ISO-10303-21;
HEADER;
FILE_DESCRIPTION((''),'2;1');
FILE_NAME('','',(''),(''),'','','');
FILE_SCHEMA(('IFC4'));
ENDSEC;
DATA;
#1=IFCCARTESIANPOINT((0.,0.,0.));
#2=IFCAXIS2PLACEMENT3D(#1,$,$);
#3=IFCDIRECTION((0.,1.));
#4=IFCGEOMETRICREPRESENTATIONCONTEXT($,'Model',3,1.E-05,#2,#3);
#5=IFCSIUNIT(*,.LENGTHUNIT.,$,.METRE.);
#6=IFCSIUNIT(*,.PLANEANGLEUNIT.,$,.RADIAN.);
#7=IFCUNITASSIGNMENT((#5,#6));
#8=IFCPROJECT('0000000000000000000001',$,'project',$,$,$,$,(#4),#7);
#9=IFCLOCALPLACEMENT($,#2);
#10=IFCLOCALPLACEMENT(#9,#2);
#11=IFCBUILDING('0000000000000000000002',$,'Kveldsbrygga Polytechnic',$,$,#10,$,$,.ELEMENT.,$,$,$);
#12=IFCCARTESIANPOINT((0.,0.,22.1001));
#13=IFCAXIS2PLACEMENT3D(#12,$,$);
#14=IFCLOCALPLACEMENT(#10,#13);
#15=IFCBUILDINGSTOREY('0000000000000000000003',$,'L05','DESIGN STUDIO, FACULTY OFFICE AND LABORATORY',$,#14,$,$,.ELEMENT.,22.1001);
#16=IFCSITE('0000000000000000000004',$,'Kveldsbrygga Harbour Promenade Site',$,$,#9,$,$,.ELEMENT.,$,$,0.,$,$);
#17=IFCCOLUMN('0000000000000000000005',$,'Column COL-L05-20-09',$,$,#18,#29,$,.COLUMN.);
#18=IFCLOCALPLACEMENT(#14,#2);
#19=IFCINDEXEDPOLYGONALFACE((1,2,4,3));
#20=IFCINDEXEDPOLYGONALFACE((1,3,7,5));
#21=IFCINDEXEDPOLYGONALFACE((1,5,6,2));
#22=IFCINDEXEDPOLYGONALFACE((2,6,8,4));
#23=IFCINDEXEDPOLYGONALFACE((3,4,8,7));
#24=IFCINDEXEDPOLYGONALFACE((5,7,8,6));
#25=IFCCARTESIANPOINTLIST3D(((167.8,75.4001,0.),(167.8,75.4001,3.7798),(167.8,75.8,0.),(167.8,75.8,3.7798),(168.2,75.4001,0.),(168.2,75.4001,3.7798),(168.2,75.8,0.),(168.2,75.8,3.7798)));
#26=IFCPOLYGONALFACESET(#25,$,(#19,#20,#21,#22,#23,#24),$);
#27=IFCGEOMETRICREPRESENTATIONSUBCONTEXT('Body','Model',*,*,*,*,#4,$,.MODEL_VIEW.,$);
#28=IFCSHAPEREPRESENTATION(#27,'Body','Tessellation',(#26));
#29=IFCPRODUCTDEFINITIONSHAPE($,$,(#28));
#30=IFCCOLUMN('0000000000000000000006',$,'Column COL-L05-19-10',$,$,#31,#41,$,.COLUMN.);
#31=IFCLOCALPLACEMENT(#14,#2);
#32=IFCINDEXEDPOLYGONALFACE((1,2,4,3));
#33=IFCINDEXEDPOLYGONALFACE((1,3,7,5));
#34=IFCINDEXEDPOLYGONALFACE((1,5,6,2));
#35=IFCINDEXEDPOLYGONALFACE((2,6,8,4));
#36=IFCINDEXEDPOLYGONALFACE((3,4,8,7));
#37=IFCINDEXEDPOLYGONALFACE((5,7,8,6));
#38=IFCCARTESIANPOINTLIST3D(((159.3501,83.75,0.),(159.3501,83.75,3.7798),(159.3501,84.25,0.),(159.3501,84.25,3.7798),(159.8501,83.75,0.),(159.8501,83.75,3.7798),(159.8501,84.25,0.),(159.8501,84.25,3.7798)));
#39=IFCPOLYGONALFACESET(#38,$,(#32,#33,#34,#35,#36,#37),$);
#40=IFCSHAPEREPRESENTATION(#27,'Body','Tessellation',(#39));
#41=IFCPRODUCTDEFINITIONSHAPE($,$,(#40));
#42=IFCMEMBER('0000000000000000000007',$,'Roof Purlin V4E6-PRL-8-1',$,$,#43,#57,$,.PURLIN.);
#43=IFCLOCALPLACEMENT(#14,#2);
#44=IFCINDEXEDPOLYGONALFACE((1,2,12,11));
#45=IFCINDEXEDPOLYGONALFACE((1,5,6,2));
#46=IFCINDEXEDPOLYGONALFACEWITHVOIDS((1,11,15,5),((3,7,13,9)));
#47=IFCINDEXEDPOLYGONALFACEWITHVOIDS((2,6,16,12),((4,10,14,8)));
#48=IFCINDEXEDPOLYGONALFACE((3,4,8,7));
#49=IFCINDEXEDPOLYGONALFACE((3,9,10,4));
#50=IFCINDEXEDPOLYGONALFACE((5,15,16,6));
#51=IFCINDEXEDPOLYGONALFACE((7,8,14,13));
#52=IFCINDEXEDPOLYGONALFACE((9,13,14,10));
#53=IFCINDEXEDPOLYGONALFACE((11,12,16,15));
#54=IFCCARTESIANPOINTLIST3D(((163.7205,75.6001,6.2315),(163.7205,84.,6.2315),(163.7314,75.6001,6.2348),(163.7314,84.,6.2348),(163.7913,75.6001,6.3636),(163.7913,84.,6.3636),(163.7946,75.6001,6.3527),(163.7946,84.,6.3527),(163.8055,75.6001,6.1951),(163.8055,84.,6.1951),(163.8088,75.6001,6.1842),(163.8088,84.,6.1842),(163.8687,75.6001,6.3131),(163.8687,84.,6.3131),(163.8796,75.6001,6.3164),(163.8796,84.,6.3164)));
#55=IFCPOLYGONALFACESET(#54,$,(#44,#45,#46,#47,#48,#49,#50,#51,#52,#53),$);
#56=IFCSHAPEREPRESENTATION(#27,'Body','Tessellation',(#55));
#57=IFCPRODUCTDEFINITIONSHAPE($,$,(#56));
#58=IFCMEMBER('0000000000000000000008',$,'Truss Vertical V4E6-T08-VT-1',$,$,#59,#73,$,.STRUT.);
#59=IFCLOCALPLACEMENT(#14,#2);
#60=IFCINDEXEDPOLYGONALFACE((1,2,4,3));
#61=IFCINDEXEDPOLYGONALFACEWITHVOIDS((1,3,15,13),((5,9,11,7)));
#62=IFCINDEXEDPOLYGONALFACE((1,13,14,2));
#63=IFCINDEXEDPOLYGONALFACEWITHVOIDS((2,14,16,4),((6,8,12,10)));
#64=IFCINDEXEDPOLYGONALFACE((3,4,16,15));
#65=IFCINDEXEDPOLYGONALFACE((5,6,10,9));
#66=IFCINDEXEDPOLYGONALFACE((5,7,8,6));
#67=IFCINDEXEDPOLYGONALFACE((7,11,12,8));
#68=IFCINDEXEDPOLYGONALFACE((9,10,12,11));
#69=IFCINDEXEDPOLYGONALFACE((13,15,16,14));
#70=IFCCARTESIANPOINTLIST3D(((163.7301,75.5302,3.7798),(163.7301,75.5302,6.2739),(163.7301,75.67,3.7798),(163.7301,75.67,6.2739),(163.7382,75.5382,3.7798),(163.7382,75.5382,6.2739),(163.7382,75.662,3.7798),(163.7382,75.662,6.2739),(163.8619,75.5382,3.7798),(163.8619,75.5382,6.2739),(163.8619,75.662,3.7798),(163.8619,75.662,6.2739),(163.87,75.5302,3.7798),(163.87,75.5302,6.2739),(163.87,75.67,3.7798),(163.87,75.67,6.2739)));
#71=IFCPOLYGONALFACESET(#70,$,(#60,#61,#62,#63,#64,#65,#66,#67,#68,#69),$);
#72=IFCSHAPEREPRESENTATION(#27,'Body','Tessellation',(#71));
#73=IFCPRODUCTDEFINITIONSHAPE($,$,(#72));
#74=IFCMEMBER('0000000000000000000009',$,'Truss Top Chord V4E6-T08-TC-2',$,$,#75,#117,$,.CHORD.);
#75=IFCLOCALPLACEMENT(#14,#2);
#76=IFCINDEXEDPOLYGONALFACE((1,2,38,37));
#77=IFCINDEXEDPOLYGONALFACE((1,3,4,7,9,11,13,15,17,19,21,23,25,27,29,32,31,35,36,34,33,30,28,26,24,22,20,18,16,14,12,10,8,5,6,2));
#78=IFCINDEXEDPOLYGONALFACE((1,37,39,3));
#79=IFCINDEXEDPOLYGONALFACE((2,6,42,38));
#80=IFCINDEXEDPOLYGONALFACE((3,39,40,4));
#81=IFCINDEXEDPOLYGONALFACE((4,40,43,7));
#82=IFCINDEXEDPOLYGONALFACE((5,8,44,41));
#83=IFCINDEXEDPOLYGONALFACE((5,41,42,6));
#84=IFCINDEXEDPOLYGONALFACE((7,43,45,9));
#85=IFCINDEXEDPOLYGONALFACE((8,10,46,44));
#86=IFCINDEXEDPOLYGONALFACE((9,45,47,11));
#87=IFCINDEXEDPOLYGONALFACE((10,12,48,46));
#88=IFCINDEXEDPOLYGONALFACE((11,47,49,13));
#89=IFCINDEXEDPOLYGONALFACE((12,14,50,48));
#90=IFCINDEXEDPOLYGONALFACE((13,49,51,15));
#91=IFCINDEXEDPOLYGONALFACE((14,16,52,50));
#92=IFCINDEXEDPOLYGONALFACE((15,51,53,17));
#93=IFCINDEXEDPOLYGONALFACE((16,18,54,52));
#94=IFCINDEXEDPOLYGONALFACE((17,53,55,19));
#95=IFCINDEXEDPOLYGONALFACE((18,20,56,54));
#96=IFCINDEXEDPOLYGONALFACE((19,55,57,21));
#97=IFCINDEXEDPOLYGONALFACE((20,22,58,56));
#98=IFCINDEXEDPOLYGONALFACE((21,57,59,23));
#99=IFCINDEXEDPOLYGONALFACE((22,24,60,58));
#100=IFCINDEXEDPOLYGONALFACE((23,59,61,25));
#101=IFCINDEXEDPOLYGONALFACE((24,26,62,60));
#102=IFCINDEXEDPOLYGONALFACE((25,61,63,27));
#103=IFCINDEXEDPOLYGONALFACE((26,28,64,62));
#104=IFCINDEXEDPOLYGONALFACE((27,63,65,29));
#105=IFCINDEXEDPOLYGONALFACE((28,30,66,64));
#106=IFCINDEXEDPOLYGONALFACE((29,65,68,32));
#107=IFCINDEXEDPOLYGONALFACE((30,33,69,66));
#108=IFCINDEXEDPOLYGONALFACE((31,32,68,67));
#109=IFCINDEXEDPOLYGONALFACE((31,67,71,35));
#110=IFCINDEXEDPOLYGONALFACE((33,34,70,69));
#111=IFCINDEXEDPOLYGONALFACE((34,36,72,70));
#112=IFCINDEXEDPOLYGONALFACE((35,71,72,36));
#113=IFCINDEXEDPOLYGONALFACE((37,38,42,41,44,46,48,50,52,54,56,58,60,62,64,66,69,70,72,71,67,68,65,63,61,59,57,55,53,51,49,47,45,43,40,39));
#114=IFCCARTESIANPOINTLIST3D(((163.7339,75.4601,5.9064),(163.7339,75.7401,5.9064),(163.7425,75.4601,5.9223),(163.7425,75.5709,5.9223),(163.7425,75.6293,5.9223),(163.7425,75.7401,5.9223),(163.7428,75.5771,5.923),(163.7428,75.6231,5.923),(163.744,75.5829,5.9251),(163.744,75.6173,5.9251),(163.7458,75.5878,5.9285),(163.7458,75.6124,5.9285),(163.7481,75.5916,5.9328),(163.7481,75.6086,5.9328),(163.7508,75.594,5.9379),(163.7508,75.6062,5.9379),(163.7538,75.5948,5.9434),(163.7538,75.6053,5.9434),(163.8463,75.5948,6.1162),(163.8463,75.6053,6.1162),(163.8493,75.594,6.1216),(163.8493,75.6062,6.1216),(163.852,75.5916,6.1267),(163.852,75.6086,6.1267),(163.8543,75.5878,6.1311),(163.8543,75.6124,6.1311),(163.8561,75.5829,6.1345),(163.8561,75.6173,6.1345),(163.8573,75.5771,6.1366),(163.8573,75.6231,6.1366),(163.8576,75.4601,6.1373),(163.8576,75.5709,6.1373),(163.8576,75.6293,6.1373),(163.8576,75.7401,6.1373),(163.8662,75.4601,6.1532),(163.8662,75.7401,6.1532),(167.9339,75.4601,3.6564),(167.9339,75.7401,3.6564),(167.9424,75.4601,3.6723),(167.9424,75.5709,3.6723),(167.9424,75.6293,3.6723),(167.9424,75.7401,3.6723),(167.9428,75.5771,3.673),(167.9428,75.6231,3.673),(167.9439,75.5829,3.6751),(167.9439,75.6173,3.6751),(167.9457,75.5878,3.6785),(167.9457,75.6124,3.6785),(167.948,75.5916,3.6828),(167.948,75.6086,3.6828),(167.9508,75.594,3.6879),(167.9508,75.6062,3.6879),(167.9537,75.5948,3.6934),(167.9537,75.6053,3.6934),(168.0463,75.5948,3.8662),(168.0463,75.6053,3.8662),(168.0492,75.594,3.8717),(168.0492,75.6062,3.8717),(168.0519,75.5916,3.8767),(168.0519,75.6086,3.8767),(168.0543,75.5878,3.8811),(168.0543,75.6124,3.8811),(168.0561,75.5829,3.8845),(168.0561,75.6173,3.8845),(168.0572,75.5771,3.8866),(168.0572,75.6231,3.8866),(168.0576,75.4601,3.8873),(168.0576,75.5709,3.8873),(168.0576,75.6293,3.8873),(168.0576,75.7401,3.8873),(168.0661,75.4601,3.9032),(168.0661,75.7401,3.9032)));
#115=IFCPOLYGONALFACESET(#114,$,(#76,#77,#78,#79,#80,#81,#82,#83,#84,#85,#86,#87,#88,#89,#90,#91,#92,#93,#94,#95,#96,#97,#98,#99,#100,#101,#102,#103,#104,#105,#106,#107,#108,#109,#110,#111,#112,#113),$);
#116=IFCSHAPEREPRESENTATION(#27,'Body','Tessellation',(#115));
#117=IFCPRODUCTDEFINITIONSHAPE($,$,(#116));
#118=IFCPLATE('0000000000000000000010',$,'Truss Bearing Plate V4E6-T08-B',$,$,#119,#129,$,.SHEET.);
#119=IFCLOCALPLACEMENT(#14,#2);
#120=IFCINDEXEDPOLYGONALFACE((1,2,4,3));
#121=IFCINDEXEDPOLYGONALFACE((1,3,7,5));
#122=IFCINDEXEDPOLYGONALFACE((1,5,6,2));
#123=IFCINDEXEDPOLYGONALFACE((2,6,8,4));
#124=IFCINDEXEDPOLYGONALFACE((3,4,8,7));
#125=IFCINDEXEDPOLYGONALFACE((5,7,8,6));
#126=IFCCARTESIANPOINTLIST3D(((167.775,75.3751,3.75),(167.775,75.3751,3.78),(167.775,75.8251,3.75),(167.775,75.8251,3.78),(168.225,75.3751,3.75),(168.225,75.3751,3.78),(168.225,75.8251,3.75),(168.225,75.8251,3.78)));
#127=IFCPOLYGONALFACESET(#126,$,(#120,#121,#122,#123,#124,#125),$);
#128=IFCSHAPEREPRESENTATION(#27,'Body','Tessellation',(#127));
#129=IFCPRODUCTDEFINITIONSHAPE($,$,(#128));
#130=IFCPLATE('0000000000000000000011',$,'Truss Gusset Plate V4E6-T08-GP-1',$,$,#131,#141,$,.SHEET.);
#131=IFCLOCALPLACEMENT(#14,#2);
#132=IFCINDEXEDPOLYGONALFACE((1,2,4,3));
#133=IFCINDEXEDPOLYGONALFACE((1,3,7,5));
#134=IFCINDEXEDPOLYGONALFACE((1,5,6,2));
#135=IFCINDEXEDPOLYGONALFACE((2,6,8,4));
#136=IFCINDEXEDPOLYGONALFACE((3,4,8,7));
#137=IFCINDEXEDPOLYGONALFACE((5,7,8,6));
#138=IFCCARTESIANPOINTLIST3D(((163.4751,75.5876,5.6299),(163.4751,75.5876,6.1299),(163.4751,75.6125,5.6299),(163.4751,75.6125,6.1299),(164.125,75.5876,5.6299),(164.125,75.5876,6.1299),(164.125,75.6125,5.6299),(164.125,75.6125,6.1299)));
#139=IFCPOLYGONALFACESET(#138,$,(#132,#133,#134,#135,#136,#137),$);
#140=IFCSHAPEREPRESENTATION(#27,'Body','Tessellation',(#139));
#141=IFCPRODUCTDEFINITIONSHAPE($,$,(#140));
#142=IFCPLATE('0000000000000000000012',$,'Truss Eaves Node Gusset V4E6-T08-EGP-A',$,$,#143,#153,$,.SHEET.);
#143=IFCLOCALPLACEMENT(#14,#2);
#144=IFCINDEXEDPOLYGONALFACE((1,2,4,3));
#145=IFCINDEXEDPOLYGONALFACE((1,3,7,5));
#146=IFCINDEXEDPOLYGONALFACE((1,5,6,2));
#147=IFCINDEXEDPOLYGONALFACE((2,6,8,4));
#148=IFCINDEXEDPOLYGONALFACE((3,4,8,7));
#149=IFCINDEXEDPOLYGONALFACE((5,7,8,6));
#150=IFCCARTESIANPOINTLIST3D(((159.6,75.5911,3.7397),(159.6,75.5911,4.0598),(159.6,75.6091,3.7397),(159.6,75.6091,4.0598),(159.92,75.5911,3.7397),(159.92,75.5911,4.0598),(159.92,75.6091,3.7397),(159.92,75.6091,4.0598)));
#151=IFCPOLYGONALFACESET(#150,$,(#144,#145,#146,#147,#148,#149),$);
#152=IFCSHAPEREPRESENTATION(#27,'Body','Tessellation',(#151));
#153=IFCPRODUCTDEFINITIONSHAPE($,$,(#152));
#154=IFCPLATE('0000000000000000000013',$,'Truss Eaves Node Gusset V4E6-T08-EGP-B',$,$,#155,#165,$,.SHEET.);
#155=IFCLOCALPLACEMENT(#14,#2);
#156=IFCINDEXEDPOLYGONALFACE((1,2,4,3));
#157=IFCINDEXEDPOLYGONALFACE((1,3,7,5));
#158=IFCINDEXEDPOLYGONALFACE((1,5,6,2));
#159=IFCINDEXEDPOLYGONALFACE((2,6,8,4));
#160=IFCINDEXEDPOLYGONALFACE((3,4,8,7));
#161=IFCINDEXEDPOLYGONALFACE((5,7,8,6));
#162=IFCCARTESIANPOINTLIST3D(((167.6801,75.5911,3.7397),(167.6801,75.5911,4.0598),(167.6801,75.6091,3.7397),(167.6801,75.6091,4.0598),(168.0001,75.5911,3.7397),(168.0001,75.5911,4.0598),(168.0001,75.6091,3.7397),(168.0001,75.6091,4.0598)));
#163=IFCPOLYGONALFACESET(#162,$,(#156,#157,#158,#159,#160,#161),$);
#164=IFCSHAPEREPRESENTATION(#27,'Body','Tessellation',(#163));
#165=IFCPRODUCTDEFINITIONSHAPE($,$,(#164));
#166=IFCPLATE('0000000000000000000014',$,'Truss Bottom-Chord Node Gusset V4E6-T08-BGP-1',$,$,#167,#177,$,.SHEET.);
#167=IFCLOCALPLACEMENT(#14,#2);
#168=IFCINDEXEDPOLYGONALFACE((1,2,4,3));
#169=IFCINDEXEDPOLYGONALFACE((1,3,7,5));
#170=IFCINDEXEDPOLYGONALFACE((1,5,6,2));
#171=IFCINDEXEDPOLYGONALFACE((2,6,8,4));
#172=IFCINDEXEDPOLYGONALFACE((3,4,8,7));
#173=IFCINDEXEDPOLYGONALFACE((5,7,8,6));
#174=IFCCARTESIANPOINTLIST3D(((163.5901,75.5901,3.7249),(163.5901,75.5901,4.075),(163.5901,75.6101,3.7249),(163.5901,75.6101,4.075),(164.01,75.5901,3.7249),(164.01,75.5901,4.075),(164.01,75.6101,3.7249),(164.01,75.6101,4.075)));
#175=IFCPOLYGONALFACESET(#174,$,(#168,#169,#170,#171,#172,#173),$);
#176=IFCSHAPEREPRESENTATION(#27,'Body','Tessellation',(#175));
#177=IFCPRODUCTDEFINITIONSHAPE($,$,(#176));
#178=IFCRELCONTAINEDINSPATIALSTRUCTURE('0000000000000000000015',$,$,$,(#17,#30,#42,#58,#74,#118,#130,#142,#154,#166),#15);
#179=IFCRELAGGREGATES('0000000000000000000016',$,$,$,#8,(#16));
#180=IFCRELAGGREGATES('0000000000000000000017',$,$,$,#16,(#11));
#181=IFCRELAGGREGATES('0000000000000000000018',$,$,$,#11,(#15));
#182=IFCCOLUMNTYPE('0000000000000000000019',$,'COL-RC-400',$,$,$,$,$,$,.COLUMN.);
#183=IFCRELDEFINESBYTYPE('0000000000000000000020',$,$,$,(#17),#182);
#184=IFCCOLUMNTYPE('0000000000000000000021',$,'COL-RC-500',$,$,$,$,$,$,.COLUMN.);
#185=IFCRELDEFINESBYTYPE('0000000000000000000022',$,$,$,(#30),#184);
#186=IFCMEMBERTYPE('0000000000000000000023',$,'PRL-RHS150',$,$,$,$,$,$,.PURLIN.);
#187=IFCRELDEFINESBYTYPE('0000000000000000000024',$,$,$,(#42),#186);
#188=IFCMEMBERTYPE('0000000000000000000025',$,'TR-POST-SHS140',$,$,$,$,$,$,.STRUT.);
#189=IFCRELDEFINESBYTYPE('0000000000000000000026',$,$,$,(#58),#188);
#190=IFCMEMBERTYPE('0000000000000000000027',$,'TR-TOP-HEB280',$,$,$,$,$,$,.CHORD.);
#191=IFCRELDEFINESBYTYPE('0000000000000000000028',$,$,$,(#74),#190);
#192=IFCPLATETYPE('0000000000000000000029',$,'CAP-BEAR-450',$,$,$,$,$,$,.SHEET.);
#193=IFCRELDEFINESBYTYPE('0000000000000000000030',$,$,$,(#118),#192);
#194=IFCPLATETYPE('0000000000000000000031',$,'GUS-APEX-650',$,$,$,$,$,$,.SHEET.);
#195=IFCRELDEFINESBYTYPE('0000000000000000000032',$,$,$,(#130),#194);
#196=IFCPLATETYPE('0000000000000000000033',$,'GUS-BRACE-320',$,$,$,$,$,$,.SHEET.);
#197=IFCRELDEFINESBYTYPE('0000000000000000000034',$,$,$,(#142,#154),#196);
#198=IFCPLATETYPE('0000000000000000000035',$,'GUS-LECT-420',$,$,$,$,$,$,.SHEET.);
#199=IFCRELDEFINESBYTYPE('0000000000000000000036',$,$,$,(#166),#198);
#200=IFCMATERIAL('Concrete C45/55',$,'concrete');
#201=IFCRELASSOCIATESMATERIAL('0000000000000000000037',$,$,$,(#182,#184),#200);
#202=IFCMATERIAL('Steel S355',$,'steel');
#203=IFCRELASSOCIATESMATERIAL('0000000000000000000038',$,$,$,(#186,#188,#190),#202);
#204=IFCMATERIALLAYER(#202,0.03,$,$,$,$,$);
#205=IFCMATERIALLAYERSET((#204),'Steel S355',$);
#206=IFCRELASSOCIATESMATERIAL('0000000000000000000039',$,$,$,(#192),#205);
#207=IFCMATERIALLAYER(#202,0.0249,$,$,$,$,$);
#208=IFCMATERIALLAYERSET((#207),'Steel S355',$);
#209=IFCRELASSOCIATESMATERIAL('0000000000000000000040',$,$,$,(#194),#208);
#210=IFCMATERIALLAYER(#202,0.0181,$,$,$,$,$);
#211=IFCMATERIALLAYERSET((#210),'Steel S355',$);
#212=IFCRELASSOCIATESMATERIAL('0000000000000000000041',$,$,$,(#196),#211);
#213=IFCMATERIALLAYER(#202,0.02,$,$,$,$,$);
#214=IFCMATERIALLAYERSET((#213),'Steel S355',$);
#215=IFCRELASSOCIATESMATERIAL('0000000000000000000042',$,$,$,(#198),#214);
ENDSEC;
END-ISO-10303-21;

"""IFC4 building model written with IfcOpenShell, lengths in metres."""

from ifc_helpers import new_model, si_unit, direction, frame, origin, origin_2d, place, context, subcontext, project, spatial, rectangle, hollow_rectangle, i_section, extrude, material, layer, layer_set, material_profile, profile_set, type_object, element, save


model = new_model("IFC4")

# Units and contexts
model_context = context("Model", 3, precision=1e-05, world=origin(), true_north=direction((0.0, 1.0)))
body_context = subcontext(model_context, "Body", "Model", "MODEL_VIEW")
ifc_project = project(units=[si_unit("LENGTHUNIT", "METRE"), si_unit("PLANEANGLEUNIT", "RADIAN")], contexts=[model_context])

# Site, building, storey
site_placement = place(None, origin())
site = spatial("IfcSite", under=ifc_project, at=site_placement, Name="Kveldsbrygga Harbour Promenade Site", CompositionType="ELEMENT", RefElevation=0.0)
building_placement = place(site_placement, origin())
building = spatial("IfcBuilding", under=site, at=building_placement, Name="Kveldsbrygga Polytechnic", CompositionType="ELEMENT")
storey_placement = place(building_placement, frame((0.0, 0.0, 22.1001)))
storey = spatial("IfcBuildingStorey", under=building, at=storey_placement, Name="L05", Description="DESIGN STUDIO, FACULTY OFFICE AND LABORATORY", CompositionType="ELEMENT", Elevation=22.1001)

# Columns
ifc_material_1 = material(Name="Concrete C45/55", Category="concrete")
ifc_material_profile_1 = material_profile(ifc_material_1, rectangle(XDim=0.3999, YDim=0.3999, at=origin_2d()), Name="RC 400x400")
ifc_profile_set_1 = profile_set([ifc_material_profile_1], Name="Concrete C45/55")
column_type_1 = type_object("IfcColumnType", Name="COL-RC-400", PredefinedType="COLUMN", material=ifc_profile_set_1)
column_1_placement = place(storey_placement, frame((168.0, 75.6001, 0.0), z_axis=(0.0, 0.0, 1.0), x_axis=(1.0, 0.0, 0.0)))
element("IfcColumn", 1, at=column_1_placement, inside=storey, type_object=column_type_1, Name="Column COL-L05-20-09", PredefinedType="COLUMN", context=body_context, shape_type="SweptSolid", body=[
    extrude(rectangle(XDim=0.3999, YDim=0.3999, at=origin_2d()), origin(), (0.0, 0.0, 1.0), 3.7798),
])
ifc_material_profile_2 = material_profile(ifc_material_1, rectangle(XDim=0.5, YDim=0.5, at=origin_2d()), Name="RC 500x500")
ifc_profile_set_2 = profile_set([ifc_material_profile_2], Name="Concrete C45/55")
column_type_2 = type_object("IfcColumnType", Name="COL-RC-500", PredefinedType="COLUMN", material=ifc_profile_set_2)
column_2_placement = place(storey_placement, frame((159.6001, 84.0, 0.0), z_axis=(0.0, 0.0, 1.0), x_axis=(1.0, 0.0, 0.0)))
element("IfcColumn", 2, at=column_2_placement, inside=storey, type_object=column_type_2, Name="Column COL-L05-19-10", PredefinedType="COLUMN", context=body_context, shape_type="SweptSolid", body=[
    extrude(rectangle(XDim=0.5, YDim=0.5, at=origin_2d()), origin(), (0.0, 0.0, 1.0), 3.7798),
])

# Members
ifc_material_2 = material(Name="Steel S355", Category="steel")
ifc_material_profile_3 = material_profile(ifc_material_2, hollow_rectangle(XDim=0.1001, YDim=0.1499, WallThickness=0.0081, at=origin_2d()), Name="RHS 150x100x8.0")
ifc_profile_set_3 = profile_set([ifc_material_profile_3], Name="Steel S355")
member_type_1 = type_object("IfcMemberType", Name="PRL-RHS150", PredefinedType="PURLIN", material=ifc_profile_set_3)
member_1_placement = place(storey_placement, frame((163.8, 75.6001, 6.2739), z_axis=(0.0, 1.0, 0.0), x_axis=(-0.88148, 0.0, 0.472222)))
element("IfcMember", 3, at=member_1_placement, inside=storey, type_object=member_type_1, Name="Roof Purlin V4E6-PRL-8-1", PredefinedType="PURLIN", context=body_context, shape_type="SweptSolid", body=[
    extrude(hollow_rectangle(XDim=0.1001, YDim=0.1499, WallThickness=0.0081, at=origin_2d()), origin(), (0.0, 0.0, 1.0), 8.3999),
])
ifc_material_profile_4 = material_profile(ifc_material_2, hollow_rectangle(XDim=0.1399, YDim=0.1399, WallThickness=0.0081, at=origin_2d()), Name="SHS 140x140x8.0")
ifc_profile_set_4 = profile_set([ifc_material_profile_4], Name="Steel S355")
member_type_2 = type_object("IfcMemberType", Name="TR-POST-SHS140", PredefinedType="STRUT", material=ifc_profile_set_4)
member_2_placement = place(storey_placement, frame((163.8, 75.6001, 3.7798), z_axis=(0.0, 0.0, 1.0), x_axis=(1.0, 0.0, 0.0)))
element("IfcMember", 4, at=member_2_placement, inside=storey, type_object=member_type_2, Name="Truss Vertical V4E6-T08-VT-1", PredefinedType="STRUT", context=body_context, shape_type="SweptSolid", body=[
    extrude(hollow_rectangle(XDim=0.1399, YDim=0.1399, WallThickness=0.0081, at=origin_2d()), origin(), (0.0, 0.0, 1.0), 2.4941),
])
ifc_material_profile_5 = material_profile(ifc_material_2, i_section(OverallWidth=0.28, OverallDepth=0.28, WebThickness=0.0105, FlangeThickness=0.0181, FilletRadius=0.0239, at=origin_2d()), Name="HEB 280")
ifc_profile_set_5 = profile_set([ifc_material_profile_5], Name="Steel S355")
member_type_3 = type_object("IfcMemberType", Name="TR-TOP-HEB280", PredefinedType="CHORD", material=ifc_profile_set_5)
member_3_placement = place(storey_placement, frame((163.8, 75.6001, 6.0298), z_axis=(0.881478, 0.0, -0.472226), x_axis=(0.0, 1.0, 0.0)))
element("IfcMember", 5, at=member_3_placement, inside=storey, type_object=member_type_3, Name="Truss Top Chord V4E6-T08-TC-2", PredefinedType="CHORD", context=body_context, shape_type="SweptSolid", body=[
    extrude(i_section(OverallWidth=0.28, OverallDepth=0.28, WebThickness=0.0105, FlangeThickness=0.0181, FilletRadius=0.0239, at=origin_2d()), origin(), (0.0, 0.0, 1.0), 4.7646),
])

# Plates
ifc_layer_1 = layer(ifc_material_2, 0.03)
ifc_layer_set_1 = layer_set([ifc_layer_1], Name="Steel S355")
plate_type_1 = type_object("IfcPlateType", Name="CAP-BEAR-450", PredefinedType="SHEET", material=ifc_layer_set_1)
plate_1_placement = place(storey_placement, frame((168.0, 75.6001, 3.75), z_axis=(0.0, 0.0, 1.0), x_axis=(1.0, 0.0, 0.0)))
element("IfcPlate", 6, at=plate_1_placement, inside=storey, type_object=plate_type_1, Name="Truss Bearing Plate V4E6-T08-B", PredefinedType="SHEET", context=body_context, shape_type="SweptSolid", body=[
    extrude(rectangle(XDim=0.45, YDim=0.45, at=origin_2d()), origin(), (0.0, 0.0, 1.0), 0.03),
])
ifc_layer_2 = layer(ifc_material_2, 0.0249)
ifc_layer_set_2 = layer_set([ifc_layer_2], Name="Steel S355")
plate_type_2 = type_object("IfcPlateType", Name="GUS-APEX-650", PredefinedType="SHEET", material=ifc_layer_set_2)
plate_2_placement = place(storey_placement, frame((163.8, 75.6001, 5.6299), z_axis=(0.0, 0.0, 1.0), x_axis=(1.0, 0.0, 0.0)))
element("IfcPlate", 7, at=plate_2_placement, inside=storey, type_object=plate_type_2, Name="Truss Gusset Plate V4E6-T08-GP-1", PredefinedType="SHEET", context=body_context, shape_type="SweptSolid", body=[
    extrude(rectangle(XDim=0.6499, YDim=0.0249, at=origin_2d()), origin(), (0.0, 0.0, 1.0), 0.5),
])
ifc_layer_3 = layer(ifc_material_2, 0.0181)
ifc_layer_set_3 = layer_set([ifc_layer_3], Name="Steel S355")
plate_type_3 = type_object("IfcPlateType", Name="GUS-BRACE-320", PredefinedType="SHEET", material=ifc_layer_set_3)
for number, where, z_axis, x_axis, name in (
    (8, (159.76, 75.6001, 3.7397), (0.0, 0.0, 1.0), (1.0, 0.0, 0.0), "Truss Eaves Node Gusset V4E6-T08-EGP-A"),
    (9, (167.8401, 75.6001, 3.7397), (0.0, 0.0, 1.0), (1.0, 0.0, 0.0), "Truss Eaves Node Gusset V4E6-T08-EGP-B"),
):
    element("IfcPlate", number, at=place(storey_placement, frame(where, z_axis=z_axis, x_axis=x_axis)), inside=storey, type_object=plate_type_3, Name=name, PredefinedType="SHEET", context=body_context, shape_type="SweptSolid", body=[
        extrude(rectangle(XDim=0.3201, YDim=0.0181, at=origin_2d()), origin(), (0.0, 0.0, 1.0), 0.3201),
    ])
ifc_layer_4 = layer(ifc_material_2, 0.02)
ifc_layer_set_4 = layer_set([ifc_layer_4], Name="Steel S355")
plate_type_4 = type_object("IfcPlateType", Name="GUS-LECT-420", PredefinedType="SHEET", material=ifc_layer_set_4)
plate_3_placement = place(storey_placement, frame((163.8, 75.6001, 3.7249), z_axis=(0.0, 0.0, 1.0), x_axis=(1.0, 0.0, 0.0)))
element("IfcPlate", 10, at=plate_3_placement, inside=storey, type_object=plate_type_4, Name="Truss Bottom-Chord Node Gusset V4E6-T08-BGP-1", PredefinedType="SHEET", context=body_context, shape_type="SweptSolid", body=[
    extrude(rectangle(XDim=0.4199, YDim=0.02, at=origin_2d()), origin(), (0.0, 0.0, 1.0), 0.3501),
])

save(model, "model.ifc")
